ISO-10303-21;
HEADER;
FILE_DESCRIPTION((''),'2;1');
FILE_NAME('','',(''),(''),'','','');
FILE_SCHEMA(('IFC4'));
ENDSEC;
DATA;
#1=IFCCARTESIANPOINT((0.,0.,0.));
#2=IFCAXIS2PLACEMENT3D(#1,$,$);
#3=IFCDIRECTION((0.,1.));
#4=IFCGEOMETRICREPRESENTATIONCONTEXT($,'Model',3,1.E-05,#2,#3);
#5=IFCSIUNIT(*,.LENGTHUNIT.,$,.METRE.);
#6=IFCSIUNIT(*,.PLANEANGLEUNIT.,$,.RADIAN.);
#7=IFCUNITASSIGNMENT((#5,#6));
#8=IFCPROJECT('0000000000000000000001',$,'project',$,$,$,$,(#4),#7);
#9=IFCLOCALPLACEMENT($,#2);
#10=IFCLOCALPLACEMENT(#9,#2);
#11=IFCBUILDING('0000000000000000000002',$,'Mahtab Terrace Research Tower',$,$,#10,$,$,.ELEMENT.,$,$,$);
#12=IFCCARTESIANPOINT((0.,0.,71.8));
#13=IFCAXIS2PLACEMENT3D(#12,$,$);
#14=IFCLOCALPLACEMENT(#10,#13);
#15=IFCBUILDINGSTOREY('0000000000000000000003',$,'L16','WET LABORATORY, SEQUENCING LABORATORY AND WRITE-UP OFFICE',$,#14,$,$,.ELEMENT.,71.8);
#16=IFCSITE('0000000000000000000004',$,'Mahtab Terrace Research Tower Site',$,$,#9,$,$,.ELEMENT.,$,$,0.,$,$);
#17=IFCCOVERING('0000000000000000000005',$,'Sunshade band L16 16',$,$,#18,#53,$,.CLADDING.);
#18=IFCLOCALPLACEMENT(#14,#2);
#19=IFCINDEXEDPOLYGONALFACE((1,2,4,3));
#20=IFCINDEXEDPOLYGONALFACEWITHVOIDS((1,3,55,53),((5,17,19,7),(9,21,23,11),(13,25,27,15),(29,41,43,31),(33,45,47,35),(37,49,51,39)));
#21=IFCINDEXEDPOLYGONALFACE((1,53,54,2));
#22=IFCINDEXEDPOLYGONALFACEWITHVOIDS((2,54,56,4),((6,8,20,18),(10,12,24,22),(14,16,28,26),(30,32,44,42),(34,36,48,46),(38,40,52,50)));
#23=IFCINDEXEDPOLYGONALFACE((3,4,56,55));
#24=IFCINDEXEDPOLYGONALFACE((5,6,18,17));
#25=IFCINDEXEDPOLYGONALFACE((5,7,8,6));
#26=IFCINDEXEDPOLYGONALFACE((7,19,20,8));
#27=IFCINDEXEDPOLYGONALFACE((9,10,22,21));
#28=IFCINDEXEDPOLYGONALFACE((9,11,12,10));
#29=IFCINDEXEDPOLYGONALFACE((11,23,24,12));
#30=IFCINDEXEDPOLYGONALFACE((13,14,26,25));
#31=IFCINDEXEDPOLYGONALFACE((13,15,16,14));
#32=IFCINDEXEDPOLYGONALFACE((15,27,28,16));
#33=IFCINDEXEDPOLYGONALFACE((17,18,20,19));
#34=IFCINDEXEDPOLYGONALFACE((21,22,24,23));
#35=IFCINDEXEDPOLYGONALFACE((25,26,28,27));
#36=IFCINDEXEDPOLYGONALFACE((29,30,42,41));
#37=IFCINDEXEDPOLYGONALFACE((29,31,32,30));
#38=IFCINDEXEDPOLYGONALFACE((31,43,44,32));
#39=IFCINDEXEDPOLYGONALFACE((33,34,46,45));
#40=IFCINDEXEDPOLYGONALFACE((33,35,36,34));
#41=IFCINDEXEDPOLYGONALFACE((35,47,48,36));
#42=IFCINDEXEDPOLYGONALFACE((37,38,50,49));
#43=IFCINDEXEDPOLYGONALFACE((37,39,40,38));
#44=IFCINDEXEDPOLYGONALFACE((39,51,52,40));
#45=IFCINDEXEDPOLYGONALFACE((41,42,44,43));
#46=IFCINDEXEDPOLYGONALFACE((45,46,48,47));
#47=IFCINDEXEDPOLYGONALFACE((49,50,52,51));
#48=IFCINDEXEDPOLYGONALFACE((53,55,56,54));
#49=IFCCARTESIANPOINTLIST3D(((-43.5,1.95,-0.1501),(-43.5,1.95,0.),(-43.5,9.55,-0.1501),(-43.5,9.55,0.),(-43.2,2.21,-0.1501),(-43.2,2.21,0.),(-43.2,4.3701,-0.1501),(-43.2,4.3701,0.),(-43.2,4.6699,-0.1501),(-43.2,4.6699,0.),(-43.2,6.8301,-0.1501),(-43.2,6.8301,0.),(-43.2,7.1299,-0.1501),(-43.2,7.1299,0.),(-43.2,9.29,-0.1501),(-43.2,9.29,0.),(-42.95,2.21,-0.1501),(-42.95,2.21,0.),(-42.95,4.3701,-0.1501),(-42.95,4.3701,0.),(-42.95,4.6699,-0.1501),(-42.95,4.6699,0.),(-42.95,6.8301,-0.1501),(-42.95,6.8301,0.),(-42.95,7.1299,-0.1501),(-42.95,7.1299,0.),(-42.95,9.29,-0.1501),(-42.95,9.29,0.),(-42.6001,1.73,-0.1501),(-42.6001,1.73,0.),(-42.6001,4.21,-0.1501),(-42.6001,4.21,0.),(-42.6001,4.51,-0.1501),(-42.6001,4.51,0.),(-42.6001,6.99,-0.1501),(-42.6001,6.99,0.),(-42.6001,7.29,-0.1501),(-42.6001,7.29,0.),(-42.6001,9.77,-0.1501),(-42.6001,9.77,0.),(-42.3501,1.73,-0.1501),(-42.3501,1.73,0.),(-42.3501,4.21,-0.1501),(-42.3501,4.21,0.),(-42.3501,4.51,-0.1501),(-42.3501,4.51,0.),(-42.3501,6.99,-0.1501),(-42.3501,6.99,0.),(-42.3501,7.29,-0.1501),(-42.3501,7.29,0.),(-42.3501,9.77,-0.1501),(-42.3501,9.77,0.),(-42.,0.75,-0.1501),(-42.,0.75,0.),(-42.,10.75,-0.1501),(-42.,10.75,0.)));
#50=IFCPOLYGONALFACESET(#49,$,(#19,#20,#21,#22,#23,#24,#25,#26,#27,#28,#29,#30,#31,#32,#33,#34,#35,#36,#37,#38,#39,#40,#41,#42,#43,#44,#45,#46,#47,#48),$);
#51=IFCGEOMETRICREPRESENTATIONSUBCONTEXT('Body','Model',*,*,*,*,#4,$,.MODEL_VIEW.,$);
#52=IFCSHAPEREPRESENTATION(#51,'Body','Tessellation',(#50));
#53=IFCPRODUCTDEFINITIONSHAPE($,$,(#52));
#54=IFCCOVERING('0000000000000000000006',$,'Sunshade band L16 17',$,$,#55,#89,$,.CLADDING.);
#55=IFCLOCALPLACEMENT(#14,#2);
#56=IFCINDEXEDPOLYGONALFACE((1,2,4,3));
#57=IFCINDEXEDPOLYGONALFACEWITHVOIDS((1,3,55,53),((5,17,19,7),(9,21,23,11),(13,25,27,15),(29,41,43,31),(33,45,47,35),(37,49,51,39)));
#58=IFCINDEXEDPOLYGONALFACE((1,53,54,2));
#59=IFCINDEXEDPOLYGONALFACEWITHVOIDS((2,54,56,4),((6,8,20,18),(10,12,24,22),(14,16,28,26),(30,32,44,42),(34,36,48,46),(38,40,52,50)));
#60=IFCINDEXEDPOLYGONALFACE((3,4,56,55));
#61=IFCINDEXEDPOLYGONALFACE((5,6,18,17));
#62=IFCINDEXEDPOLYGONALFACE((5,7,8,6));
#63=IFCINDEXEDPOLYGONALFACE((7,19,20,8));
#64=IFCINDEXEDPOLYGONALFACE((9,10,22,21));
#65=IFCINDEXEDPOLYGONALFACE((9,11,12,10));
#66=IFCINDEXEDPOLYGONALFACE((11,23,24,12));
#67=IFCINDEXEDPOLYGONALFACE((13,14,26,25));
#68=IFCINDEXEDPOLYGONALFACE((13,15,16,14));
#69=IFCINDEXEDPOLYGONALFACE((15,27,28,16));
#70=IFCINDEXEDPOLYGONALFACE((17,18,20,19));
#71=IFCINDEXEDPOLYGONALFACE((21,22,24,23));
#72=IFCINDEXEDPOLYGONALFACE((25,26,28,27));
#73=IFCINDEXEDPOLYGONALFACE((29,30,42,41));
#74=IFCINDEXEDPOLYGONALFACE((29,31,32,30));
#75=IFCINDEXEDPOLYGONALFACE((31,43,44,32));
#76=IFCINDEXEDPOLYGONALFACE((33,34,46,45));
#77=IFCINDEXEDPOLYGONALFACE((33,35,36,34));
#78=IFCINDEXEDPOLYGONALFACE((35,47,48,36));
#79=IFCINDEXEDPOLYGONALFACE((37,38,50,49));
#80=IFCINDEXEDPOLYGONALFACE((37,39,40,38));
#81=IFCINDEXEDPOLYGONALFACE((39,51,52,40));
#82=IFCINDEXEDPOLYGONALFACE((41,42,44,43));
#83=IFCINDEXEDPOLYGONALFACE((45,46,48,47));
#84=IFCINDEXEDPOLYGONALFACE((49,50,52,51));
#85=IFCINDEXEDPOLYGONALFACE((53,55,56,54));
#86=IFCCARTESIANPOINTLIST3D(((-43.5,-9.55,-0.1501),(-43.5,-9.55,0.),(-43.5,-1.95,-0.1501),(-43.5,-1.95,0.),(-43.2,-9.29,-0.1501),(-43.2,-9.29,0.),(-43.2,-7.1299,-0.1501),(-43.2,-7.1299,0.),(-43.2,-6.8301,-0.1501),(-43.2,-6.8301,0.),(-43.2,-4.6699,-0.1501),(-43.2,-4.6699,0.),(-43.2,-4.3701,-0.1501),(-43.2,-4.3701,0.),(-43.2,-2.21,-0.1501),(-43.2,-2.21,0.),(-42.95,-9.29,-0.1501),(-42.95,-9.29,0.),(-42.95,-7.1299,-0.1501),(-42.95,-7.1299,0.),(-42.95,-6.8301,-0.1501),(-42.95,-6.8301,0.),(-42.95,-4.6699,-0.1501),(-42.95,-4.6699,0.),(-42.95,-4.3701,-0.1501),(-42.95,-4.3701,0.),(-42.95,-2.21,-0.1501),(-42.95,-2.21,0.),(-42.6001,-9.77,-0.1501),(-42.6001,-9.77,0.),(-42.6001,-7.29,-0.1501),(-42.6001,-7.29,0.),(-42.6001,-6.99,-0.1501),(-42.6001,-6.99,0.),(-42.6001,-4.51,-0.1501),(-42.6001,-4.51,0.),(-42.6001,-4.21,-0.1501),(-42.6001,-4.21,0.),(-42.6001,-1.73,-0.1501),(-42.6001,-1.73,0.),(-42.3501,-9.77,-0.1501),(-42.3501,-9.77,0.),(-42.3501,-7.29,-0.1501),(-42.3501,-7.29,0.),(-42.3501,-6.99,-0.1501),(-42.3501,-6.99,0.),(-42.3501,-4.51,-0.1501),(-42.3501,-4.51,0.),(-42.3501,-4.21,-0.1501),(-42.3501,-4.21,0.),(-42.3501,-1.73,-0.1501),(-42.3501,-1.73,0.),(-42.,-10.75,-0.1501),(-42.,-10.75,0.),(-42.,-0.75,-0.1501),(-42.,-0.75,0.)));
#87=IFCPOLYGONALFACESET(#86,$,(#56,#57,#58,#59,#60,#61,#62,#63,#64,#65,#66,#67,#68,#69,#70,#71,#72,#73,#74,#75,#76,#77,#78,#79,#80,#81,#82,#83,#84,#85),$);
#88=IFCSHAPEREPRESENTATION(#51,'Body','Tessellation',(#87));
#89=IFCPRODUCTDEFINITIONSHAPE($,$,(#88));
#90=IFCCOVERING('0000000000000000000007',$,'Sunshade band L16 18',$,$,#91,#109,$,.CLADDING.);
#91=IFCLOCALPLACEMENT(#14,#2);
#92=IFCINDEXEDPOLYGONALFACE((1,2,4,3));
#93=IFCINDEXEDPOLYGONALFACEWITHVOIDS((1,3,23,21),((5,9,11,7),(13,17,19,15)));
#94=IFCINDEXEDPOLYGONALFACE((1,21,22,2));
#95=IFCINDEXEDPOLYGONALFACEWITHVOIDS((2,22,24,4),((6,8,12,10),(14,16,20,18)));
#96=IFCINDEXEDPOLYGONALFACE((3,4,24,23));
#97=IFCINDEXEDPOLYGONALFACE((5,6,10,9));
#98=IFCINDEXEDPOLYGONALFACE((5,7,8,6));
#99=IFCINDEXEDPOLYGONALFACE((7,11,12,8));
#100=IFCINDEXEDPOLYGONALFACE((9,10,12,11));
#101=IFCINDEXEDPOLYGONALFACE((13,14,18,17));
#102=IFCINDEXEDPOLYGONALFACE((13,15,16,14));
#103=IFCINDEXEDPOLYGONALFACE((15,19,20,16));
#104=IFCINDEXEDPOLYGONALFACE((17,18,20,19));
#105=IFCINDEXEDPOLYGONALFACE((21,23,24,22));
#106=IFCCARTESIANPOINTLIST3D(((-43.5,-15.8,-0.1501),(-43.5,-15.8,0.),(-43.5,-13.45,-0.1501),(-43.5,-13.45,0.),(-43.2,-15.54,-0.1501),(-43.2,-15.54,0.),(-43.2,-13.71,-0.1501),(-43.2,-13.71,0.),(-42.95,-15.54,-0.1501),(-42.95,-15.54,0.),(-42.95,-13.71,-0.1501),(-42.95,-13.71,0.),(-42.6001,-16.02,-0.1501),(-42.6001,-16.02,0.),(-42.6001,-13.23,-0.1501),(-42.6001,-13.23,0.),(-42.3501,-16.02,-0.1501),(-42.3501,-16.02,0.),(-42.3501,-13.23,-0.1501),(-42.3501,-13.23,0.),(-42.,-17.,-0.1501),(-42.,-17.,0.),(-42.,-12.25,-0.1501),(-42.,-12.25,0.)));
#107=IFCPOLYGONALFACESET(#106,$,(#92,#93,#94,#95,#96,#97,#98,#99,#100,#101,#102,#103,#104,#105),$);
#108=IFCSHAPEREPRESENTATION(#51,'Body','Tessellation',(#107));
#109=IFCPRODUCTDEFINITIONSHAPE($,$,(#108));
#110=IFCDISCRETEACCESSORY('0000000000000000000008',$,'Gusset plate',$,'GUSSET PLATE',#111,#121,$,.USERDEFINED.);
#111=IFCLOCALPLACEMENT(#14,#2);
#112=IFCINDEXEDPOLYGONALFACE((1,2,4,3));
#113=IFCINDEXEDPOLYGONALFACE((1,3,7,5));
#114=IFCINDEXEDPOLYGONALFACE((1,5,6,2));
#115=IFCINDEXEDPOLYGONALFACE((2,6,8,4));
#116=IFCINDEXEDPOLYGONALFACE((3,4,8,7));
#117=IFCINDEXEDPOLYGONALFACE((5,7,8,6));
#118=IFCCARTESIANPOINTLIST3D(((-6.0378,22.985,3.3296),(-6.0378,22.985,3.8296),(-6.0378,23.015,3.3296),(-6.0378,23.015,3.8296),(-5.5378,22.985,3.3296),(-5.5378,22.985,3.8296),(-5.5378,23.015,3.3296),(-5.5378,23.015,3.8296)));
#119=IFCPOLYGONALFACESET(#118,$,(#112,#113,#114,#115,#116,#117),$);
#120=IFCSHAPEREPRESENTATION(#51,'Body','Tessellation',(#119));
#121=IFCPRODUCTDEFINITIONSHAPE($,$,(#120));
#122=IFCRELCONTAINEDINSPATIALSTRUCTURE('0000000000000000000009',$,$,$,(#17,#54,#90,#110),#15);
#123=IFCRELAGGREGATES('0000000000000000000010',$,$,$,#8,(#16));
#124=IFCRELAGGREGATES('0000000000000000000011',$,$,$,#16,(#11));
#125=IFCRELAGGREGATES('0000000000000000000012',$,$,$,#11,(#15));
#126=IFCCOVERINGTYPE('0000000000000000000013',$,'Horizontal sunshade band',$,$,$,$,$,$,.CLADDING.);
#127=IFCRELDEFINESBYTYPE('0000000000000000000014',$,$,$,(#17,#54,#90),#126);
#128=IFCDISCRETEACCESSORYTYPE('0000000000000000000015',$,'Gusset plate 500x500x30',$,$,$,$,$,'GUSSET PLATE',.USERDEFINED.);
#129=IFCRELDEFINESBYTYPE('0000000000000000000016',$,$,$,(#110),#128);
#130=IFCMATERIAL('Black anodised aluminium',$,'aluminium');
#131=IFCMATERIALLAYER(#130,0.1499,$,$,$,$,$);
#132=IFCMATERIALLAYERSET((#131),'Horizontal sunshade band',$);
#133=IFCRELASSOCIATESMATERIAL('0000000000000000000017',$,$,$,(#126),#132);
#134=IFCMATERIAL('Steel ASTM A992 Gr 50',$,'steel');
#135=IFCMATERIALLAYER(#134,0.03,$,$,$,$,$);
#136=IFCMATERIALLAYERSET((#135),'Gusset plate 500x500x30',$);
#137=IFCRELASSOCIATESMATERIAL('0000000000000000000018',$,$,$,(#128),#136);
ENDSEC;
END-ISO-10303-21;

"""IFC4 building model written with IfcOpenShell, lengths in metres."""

from ifc_helpers import new_model, si_unit, direction, frame, origin, origin_2d, place, context, subcontext, project, spatial, polyline, rectangle, outline, extrude, material, layer, layer_set, type_object, element, save


model = new_model("IFC4")

# Units and contexts
model_context = context("Model", 3, precision=1e-05, world=origin(), true_north=direction((0.0, 1.0)))
body_context = subcontext(model_context, "Body", "Model", "MODEL_VIEW")
ifc_project = project(units=[si_unit("LENGTHUNIT", "METRE"), si_unit("PLANEANGLEUNIT", "RADIAN")], contexts=[model_context])

# Site, building, storey
site_placement = place(None, origin())
site = spatial("IfcSite", under=ifc_project, at=site_placement, Name="Mahtab Terrace Research Tower Site", CompositionType="ELEMENT", RefElevation=0.0)
building_placement = place(site_placement, origin())
building = spatial("IfcBuilding", under=site, at=building_placement, Name="Mahtab Terrace Research Tower", CompositionType="ELEMENT")
storey_placement = place(building_placement, frame((0.0, 0.0, 71.8)))
storey = spatial("IfcBuildingStorey", under=building, at=storey_placement, Name="L16", Description="WET LABORATORY, SEQUENCING LABORATORY AND WRITE-UP OFFICE", CompositionType="ELEMENT", Elevation=71.8)

# Shared definitions
ifc_material_1 = material(Name="Steel ASTM A992 Gr 50", Category="steel")

# Coverings
ifc_material_2 = material(Name="Black anodised aluminium", Category="aluminium")
ifc_layer_1 = layer(ifc_material_2, 0.1499)
ifc_layer_set_1 = layer_set([ifc_layer_1], Name="Horizontal sunshade band")
covering_type = type_object("IfcCoveringType", Name="Horizontal sunshade band", PredefinedType="CLADDING", material=ifc_layer_set_1)
covering_1_placement = place(storey_placement, frame((0.0, 0.0, -0.1501)))
element("IfcCovering", 1, at=covering_1_placement, inside=storey, type_object=covering_type, Name="Sunshade band L16 16", PredefinedType="CLADDING", context=body_context, shape_type="SweptSolid", body=[
    extrude(outline(polyline([(-42.0, 10.75), (-42.0, 0.75), (-43.5, 1.95), (-43.5, 9.55), (-42.0, 10.75)]), holes=[polyline([(-42.3501, 9.77), (-42.3501, 7.29), (-42.6001, 7.29), (-42.6001, 9.77), (-42.3501, 9.77)]), polyline([(-42.3501, 6.99), (-42.3501, 4.51), (-42.6001, 4.51), (-42.6001, 6.99), (-42.3501, 6.99)]), polyline([(-42.3501, 4.21), (-42.3501, 1.73), (-42.6001, 1.73), (-42.6001, 4.21), (-42.3501, 4.21)]), polyline([(-42.95, 9.29), (-42.95, 7.1299), (-43.2, 7.1299), (-43.2, 9.29), (-42.95, 9.29)]), polyline([(-42.95, 6.8301), (-42.95, 4.6699), (-43.2, 4.6699), (-43.2, 6.8301), (-42.95, 6.8301)]), polyline([(-42.95, 4.3701), (-42.95, 2.21), (-43.2, 2.21), (-43.2, 4.3701), (-42.95, 4.3701)])]), origin(), (0.0, 0.0, 1.0), 0.1501),
])
covering_2_placement = place(storey_placement, frame((0.0, 0.0, -0.1501)))
element("IfcCovering", 2, at=covering_2_placement, inside=storey, type_object=covering_type, Name="Sunshade band L16 17", PredefinedType="CLADDING", context=body_context, shape_type="SweptSolid", body=[
    extrude(outline(polyline([(-42.0, -0.75), (-42.0, -10.75), (-43.5, -9.55), (-43.5, -1.95), (-42.0, -0.75)]), holes=[polyline([(-42.3501, -1.73), (-42.3501, -4.21), (-42.6001, -4.21), (-42.6001, -1.73), (-42.3501, -1.73)]), polyline([(-42.3501, -4.51), (-42.3501, -6.99), (-42.6001, -6.99), (-42.6001, -4.51), (-42.3501, -4.51)]), polyline([(-42.3501, -7.29), (-42.3501, -9.77), (-42.6001, -9.77), (-42.6001, -7.29), (-42.3501, -7.29)]), polyline([(-42.95, -2.21), (-42.95, -4.3701), (-43.2, -4.3701), (-43.2, -2.21), (-42.95, -2.21)]), polyline([(-42.95, -4.6699), (-42.95, -6.8301), (-43.2, -6.8301), (-43.2, -4.6699), (-42.95, -4.6699)]), polyline([(-42.95, -7.1299), (-42.95, -9.29), (-43.2, -9.29), (-43.2, -7.1299), (-42.95, -7.1299)])]), origin(), (0.0, 0.0, 1.0), 0.1501),
])
covering_3_placement = place(storey_placement, frame((0.0, 0.0, -0.1501)))
element("IfcCovering", 3, at=covering_3_placement, inside=storey, type_object=covering_type, Name="Sunshade band L16 18", PredefinedType="CLADDING", context=body_context, shape_type="SweptSolid", body=[
    extrude(outline(polyline([(-42.0, -12.25), (-42.0, -17.0), (-43.5, -15.8), (-43.5, -13.45), (-42.0, -12.25)]), holes=[polyline([(-42.3501, -13.23), (-42.3501, -16.02), (-42.6001, -16.02), (-42.6001, -13.23), (-42.3501, -13.23)]), polyline([(-42.95, -13.71), (-42.95, -15.54), (-43.2, -15.54), (-43.2, -13.71), (-42.95, -13.71)])]), origin(), (0.0, 0.0, 1.0), 0.1501),
])

# Discrete accessory
ifc_layer_2 = layer(ifc_material_1, 0.03)
ifc_layer_set_2 = layer_set([ifc_layer_2], Name="Gusset plate 500x500x30")
discrete_accessory_type = type_object("IfcDiscreteAccessoryType", Name="Gusset plate 500x500x30", ElementType="GUSSET PLATE", PredefinedType="USERDEFINED", material=ifc_layer_set_2)
discrete_accessory_placement = place(storey_placement, frame((-5.7878, 23.0, 3.3296), z_axis=(0.0, 0.0, 1.0), x_axis=(1.0, 0.0, 0.0)))
element("IfcDiscreteAccessory", 4, at=discrete_accessory_placement, inside=storey, type_object=discrete_accessory_type, Name="Gusset plate", ObjectType="GUSSET PLATE", PredefinedType="USERDEFINED", context=body_context, shape_type="SweptSolid", body=[
    extrude(rectangle(XDim=0.5, YDim=0.03, at=origin_2d()), origin(), (0.0, 0.0, 1.0), 0.5),
])

save(model, "model.ifc")
